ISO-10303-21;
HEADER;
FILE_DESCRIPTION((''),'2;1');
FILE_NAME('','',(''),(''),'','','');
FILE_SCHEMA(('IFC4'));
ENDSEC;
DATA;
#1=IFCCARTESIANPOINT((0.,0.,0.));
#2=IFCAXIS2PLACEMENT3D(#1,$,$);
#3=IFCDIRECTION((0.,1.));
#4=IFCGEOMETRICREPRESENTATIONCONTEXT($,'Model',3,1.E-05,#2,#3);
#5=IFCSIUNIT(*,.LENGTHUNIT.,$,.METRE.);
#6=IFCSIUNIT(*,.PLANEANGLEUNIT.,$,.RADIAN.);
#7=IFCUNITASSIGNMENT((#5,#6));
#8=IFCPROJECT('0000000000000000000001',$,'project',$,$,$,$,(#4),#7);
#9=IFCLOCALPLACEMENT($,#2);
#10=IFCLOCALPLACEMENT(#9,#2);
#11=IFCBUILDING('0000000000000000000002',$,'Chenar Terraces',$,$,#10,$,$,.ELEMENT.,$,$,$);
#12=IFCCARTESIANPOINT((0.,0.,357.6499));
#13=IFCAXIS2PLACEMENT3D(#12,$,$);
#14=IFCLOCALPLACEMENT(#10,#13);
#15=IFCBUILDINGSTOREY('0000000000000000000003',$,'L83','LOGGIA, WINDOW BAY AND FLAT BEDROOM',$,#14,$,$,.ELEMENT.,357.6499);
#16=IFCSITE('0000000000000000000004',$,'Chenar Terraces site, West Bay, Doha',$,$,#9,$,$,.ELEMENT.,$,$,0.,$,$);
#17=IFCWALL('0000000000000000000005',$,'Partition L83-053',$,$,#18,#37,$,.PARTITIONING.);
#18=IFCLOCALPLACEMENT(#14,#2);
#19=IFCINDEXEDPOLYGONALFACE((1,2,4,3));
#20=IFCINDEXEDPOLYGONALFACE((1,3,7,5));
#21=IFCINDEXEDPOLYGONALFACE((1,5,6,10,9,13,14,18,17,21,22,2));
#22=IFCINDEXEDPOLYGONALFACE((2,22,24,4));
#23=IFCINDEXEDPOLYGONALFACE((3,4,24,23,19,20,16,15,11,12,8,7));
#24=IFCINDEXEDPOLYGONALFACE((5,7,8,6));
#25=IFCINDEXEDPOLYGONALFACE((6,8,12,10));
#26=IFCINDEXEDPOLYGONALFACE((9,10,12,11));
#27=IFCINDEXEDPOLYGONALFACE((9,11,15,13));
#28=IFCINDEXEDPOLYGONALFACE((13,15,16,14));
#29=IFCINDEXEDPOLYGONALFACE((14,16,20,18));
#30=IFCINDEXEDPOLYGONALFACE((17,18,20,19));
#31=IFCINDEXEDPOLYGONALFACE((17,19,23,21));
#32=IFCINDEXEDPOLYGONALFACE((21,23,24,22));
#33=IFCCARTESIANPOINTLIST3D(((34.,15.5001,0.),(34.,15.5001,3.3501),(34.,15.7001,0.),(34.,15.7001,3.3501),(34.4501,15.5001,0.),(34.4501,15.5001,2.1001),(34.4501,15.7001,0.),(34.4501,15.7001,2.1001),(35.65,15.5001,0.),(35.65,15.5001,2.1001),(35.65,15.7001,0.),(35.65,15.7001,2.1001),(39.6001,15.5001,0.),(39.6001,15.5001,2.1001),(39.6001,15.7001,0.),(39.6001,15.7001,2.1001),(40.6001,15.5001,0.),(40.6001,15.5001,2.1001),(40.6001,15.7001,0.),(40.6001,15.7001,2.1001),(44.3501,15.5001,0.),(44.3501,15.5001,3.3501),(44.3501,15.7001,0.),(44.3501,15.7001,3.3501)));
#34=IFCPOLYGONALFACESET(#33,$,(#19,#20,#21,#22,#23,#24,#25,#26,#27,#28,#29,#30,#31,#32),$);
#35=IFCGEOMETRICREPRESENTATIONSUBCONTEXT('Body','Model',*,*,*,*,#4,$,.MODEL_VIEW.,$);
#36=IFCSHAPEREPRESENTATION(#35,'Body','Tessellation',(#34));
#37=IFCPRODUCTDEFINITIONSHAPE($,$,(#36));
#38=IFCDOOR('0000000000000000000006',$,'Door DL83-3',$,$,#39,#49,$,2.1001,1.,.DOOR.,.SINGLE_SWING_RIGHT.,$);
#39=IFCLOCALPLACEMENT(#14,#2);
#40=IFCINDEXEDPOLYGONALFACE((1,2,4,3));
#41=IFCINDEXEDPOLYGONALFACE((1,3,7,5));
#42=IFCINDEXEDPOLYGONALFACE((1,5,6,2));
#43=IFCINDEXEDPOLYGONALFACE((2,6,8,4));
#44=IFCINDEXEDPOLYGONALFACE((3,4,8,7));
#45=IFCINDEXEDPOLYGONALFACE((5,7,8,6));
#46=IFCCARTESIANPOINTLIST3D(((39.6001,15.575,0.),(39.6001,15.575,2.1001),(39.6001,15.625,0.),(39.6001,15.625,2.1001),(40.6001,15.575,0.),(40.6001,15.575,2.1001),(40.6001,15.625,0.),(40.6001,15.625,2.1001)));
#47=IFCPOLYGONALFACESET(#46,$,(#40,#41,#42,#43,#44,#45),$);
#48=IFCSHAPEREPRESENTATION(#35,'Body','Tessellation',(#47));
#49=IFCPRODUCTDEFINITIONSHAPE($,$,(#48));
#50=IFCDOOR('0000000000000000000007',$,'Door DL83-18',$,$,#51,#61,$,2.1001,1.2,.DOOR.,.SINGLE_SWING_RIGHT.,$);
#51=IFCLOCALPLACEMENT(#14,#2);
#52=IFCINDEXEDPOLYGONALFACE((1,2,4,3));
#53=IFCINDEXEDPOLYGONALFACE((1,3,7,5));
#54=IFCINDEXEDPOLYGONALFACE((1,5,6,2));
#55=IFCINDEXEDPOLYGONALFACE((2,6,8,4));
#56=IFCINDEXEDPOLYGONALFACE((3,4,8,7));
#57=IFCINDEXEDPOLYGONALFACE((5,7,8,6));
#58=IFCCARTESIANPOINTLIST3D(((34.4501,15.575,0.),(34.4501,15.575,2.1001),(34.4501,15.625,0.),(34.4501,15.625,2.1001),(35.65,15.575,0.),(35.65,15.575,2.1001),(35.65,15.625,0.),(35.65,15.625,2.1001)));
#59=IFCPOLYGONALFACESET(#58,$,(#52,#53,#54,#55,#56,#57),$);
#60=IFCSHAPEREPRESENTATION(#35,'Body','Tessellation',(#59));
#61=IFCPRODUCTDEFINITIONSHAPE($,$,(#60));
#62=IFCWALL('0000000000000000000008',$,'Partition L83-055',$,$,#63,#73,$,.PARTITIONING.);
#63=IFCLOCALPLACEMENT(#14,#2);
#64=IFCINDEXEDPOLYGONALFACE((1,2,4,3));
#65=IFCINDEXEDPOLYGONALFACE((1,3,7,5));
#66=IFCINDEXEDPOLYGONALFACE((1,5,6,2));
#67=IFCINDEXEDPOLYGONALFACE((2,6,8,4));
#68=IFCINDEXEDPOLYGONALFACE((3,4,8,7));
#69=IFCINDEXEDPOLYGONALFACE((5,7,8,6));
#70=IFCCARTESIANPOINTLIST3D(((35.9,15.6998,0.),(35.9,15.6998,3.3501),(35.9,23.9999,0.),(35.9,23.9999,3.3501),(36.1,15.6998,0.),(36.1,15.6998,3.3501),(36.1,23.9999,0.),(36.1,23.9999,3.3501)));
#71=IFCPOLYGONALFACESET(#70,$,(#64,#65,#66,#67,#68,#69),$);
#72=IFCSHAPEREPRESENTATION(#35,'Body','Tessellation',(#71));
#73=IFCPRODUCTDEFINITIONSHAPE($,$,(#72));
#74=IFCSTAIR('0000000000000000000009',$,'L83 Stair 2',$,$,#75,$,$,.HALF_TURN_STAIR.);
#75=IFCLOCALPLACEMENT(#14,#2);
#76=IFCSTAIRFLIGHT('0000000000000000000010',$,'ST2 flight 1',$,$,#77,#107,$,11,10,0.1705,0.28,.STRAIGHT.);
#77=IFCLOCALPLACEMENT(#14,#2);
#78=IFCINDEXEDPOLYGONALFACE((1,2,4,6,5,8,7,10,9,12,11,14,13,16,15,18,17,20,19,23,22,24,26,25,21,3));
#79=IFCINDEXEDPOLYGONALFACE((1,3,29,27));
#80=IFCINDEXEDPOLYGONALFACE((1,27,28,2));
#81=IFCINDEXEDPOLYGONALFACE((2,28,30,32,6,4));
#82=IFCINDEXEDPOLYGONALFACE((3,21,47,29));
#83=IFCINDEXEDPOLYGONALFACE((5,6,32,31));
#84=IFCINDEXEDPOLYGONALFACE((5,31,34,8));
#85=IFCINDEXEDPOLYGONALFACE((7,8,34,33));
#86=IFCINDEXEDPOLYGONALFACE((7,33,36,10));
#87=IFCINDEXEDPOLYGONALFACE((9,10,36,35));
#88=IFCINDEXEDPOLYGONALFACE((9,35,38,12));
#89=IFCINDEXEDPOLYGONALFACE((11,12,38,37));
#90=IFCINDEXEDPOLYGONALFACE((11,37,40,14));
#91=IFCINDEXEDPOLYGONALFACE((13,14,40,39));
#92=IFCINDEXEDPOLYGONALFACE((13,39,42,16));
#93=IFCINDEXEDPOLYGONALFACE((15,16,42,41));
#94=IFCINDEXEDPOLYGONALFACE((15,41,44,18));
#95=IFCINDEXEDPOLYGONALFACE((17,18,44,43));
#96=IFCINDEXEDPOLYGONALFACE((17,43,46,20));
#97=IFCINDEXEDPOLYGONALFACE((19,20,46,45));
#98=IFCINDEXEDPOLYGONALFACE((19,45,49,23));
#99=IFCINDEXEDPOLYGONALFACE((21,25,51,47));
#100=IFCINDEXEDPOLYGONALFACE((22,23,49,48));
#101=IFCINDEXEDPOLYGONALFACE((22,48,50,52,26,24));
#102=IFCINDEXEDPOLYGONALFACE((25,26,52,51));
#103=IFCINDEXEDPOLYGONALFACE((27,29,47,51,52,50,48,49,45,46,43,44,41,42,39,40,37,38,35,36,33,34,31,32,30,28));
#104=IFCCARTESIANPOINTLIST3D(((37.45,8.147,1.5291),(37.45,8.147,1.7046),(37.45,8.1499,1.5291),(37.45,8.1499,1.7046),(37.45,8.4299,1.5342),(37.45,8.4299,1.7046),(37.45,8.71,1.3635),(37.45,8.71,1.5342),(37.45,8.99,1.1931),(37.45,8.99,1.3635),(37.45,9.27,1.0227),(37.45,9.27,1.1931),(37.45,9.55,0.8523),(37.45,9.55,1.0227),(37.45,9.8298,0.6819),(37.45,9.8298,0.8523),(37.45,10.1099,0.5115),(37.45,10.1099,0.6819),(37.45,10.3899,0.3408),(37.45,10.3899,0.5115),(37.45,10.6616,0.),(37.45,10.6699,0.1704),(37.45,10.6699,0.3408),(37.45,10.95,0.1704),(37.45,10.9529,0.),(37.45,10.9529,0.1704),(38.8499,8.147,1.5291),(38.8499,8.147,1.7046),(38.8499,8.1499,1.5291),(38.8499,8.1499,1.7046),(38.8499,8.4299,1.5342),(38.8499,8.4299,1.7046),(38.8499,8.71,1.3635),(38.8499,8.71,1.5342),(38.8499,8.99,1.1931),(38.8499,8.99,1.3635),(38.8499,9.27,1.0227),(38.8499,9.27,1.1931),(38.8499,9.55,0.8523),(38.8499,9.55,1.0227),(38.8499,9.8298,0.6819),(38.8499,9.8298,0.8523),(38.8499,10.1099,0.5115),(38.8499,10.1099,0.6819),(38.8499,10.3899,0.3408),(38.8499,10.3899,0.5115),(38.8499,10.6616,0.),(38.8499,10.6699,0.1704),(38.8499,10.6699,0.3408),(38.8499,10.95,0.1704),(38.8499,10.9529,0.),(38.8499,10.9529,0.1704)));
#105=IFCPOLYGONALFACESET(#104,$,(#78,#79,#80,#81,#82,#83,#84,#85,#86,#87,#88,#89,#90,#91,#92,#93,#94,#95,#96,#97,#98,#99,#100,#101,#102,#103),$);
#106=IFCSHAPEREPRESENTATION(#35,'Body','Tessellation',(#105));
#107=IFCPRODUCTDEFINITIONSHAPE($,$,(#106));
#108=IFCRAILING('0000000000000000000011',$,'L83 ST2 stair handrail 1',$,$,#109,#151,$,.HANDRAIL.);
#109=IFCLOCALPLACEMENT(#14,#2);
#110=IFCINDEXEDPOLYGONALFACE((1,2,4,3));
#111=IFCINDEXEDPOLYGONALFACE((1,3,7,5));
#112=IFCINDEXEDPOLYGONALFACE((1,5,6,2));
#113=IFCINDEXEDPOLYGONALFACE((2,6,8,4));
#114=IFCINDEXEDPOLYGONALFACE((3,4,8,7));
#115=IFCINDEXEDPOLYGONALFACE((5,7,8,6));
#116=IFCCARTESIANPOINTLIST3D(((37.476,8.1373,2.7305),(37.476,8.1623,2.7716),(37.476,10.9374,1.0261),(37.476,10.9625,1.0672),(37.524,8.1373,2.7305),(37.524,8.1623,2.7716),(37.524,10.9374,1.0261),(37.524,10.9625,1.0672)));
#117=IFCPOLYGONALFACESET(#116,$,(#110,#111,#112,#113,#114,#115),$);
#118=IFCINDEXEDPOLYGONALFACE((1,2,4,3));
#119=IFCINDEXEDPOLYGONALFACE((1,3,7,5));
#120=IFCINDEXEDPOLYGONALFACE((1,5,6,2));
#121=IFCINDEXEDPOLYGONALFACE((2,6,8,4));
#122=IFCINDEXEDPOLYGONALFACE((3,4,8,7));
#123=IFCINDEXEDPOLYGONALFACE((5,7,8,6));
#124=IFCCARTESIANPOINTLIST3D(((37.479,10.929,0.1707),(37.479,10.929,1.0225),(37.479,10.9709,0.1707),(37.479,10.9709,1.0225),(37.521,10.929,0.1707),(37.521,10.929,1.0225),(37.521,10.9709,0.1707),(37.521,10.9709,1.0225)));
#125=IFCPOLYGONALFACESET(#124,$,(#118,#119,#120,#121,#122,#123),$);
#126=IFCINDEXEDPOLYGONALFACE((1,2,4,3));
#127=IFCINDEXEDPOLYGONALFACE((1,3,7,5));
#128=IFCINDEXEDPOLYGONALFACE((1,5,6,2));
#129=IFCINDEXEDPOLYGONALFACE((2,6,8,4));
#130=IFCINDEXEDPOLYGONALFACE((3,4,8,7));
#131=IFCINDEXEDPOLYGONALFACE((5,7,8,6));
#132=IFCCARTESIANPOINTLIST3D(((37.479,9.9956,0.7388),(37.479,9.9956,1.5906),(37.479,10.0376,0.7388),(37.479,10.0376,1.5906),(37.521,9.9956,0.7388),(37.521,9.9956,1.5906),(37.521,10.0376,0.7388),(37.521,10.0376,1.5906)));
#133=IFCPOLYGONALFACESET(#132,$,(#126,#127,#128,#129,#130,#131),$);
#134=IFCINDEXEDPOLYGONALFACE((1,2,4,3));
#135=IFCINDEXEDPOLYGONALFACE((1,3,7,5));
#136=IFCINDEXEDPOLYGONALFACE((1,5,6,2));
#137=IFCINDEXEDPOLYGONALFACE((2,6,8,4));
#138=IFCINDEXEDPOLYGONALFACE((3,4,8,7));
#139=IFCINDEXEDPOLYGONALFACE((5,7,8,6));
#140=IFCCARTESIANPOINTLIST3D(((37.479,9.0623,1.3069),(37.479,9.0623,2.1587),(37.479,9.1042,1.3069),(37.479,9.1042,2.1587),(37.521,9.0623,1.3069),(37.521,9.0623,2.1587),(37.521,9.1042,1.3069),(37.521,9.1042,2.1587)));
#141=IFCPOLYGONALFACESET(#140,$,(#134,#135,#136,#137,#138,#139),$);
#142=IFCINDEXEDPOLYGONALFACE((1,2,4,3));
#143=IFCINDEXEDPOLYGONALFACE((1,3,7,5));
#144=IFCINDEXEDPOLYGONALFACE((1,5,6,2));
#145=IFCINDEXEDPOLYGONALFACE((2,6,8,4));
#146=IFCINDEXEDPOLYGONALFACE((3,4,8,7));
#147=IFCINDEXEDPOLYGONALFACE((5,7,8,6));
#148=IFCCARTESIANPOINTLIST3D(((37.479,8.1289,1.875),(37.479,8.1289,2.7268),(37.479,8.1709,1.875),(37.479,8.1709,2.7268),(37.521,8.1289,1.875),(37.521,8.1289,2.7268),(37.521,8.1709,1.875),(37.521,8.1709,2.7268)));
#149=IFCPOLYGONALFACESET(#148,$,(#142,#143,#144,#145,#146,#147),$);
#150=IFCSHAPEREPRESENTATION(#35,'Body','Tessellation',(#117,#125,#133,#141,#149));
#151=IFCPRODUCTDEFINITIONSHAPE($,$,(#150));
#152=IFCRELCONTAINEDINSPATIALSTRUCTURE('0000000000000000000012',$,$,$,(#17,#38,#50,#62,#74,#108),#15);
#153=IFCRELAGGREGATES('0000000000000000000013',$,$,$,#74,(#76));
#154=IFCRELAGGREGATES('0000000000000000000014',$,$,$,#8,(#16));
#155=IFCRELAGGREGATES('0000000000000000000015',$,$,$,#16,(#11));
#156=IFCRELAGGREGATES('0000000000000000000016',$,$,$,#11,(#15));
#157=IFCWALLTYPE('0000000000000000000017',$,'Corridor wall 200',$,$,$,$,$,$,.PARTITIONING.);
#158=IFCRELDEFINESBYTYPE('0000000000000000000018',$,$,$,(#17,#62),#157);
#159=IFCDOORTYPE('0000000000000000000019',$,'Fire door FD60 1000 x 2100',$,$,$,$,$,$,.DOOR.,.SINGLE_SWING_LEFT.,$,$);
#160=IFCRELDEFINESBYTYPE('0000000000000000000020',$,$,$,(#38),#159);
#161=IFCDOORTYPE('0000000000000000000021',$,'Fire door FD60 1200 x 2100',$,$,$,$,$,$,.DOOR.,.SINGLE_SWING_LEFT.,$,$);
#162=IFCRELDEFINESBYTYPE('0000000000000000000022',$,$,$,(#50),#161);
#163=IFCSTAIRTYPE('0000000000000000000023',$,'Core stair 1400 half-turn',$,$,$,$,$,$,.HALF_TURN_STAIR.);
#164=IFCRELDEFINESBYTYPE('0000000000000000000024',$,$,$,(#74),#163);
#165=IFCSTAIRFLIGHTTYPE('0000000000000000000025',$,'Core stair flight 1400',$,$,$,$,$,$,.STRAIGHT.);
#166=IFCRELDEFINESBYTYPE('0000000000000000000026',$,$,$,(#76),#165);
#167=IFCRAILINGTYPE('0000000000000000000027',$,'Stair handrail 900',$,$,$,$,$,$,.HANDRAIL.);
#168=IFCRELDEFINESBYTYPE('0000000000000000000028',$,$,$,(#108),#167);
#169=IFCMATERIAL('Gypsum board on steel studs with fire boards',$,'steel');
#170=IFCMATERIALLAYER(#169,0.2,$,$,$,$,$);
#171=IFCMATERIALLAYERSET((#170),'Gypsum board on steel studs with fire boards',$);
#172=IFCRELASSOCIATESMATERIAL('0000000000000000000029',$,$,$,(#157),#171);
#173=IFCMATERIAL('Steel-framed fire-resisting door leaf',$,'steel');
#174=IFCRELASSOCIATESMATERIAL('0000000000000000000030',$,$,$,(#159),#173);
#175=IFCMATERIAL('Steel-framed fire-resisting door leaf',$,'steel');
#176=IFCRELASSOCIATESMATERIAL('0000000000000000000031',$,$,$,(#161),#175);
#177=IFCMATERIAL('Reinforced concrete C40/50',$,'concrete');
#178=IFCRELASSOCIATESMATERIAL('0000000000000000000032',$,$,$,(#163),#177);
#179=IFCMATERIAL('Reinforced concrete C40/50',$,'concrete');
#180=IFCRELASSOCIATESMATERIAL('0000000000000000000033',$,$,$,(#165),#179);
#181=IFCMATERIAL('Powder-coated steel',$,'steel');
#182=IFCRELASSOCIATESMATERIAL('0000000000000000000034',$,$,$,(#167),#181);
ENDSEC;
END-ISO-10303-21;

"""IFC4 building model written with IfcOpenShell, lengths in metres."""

from ifc_helpers import new_model, si_unit, direction, frame, frame_2d, origin, origin_2d, place, context, subcontext, project, spatial, polyline, rectangle, outline, extrude, material, layer, layer_set, type_object, element, fill, aggregate, save


model = new_model("IFC4")

# Units and contexts
model_context = context("Model", 3, precision=1e-05, world=origin(), true_north=direction((0.0, 1.0)))
body_context = subcontext(model_context, "Body", "Model", "MODEL_VIEW")
ifc_project = project(units=[si_unit("LENGTHUNIT", "METRE"), si_unit("PLANEANGLEUNIT", "RADIAN")], contexts=[model_context])

# Site, building, storey
site_placement = place(None, origin())
site = spatial("IfcSite", under=ifc_project, at=site_placement, Name="Chenar Terraces site, West Bay, Doha", CompositionType="ELEMENT", RefElevation=0.0)
building_placement = place(site_placement, origin())
building = spatial("IfcBuilding", under=site, at=building_placement, Name="Chenar Terraces", CompositionType="ELEMENT")
storey_placement = place(building_placement, frame((0.0, 0.0, 357.6499)))
storey = spatial("IfcBuildingStorey", under=building, at=storey_placement, Name="L83", Description="LOGGIA, WINDOW BAY AND FLAT BEDROOM", CompositionType="ELEMENT", Elevation=357.6499)

# Shared definitions
ifc_material_1 = material(Name="Gypsum board on steel studs with fire boards", Category="steel")
ifc_layer_1 = layer(ifc_material_1, 0.2)
ifc_layer_set_1 = layer_set([ifc_layer_1], Name="Gypsum board on steel studs with fire boards")
wall_type_1 = type_object("IfcWallType", Name="Corridor wall 200", PredefinedType="PARTITIONING", material=ifc_layer_set_1)

# Wall, openings, doors
wall_1_placement = place(storey_placement, frame((34.0, 15.6001, 0.0), z_axis=(0.0, 0.0, 1.0), x_axis=(1.0, 0.0, 0.0)))
wall_1 = element("IfcWall", 1, at=wall_1_placement, inside=storey, type_object=wall_type_1, Name="Partition L83-053", PredefinedType="PARTITIONING", context=body_context, shape_type="SweptSolid", body=[
    extrude(rectangle(XDim=10.3501, YDim=0.2, at=frame_2d((5.175, 0.0))), origin(), (0.0, 0.0, 1.0), 3.3501),
])
opening_1_placement = place(wall_1_placement, frame((5.6001, 0.0, 0.0)))
opening_1 = element("IfcOpeningElement", 2, at=opening_1_placement, cuts=wall_1, PredefinedType="OPENING", context=body_context, shape_type="SweptSolid", body=[
    extrude(rectangle(XDim=1.0, YDim=2.1001, at=frame_2d((0.5, 1.05))), frame((0.0, 0.1099, 0.0), z_axis=(0.0, -1.0, 0.0), x_axis=(1.0, 0.0, 0.0)), (0.0, 0.0, 1.0), 0.22),
])
opening_2_placement = place(wall_1_placement, frame((0.45, 0.0, 0.0)))
opening_2 = element("IfcOpeningElement", 3, at=opening_2_placement, cuts=wall_1, PredefinedType="OPENING", context=body_context, shape_type="SweptSolid", body=[
    extrude(rectangle(XDim=1.2, YDim=2.1001, at=frame_2d((0.6001, 1.05))), frame((0.0, 0.1099, 0.0), z_axis=(0.0, -1.0, 0.0), x_axis=(1.0, 0.0, 0.0)), (0.0, 0.0, 1.0), 0.22),
])
ifc_material_2 = material(Name="Steel-framed fire-resisting door leaf", Category="steel")
door_type_1 = type_object("IfcDoorType", Name="Fire door FD60 1000 x 2100", OperationType="SINGLE_SWING_LEFT", PredefinedType="DOOR", material=ifc_material_2)
door_1_placement = place(opening_1_placement, origin())
door_1 = element("IfcDoor", 4, at=door_1_placement, inside=storey, type_object=door_type_1, Name="Door DL83-3", OperationType="SINGLE_SWING_RIGHT", OverallHeight=2.1001, OverallWidth=1.0, PredefinedType="DOOR", context=body_context, shape_type="SweptSolid", body=[
    extrude(rectangle(XDim=1.0, YDim=2.1001, at=frame_2d((0.5, 1.05))), frame((0.0, 0.0249, 0.0), z_axis=(0.0, -1.0, 0.0), x_axis=(1.0, 0.0, 0.0)), (0.0, 0.0, 1.0), 0.05),
])
fill(opening_1, door_1)
ifc_material_3 = material(Name="Steel-framed fire-resisting door leaf", Category="steel")
door_type_2 = type_object("IfcDoorType", Name="Fire door FD60 1200 x 2100", OperationType="SINGLE_SWING_LEFT", PredefinedType="DOOR", material=ifc_material_3)
door_2_placement = place(opening_2_placement, origin())
door_2 = element("IfcDoor", 5, at=door_2_placement, inside=storey, type_object=door_type_2, Name="Door DL83-18", OperationType="SINGLE_SWING_RIGHT", OverallHeight=2.1001, OverallWidth=1.2, PredefinedType="DOOR", context=body_context, shape_type="SweptSolid", body=[
    extrude(rectangle(XDim=1.2, YDim=2.1001, at=frame_2d((0.6001, 1.05))), frame((0.0, 0.0249, 0.0), z_axis=(0.0, -1.0, 0.0), x_axis=(1.0, 0.0, 0.0)), (0.0, 0.0, 1.0), 0.05),
])
fill(opening_2, door_2)

# Wall
wall_2_placement = place(storey_placement, frame((36.0, 15.7, 0.0), z_axis=(0.0, 0.0, 1.0), x_axis=(0.0, 1.0, 0.0)))
element("IfcWall", 6, at=wall_2_placement, inside=storey, type_object=wall_type_1, Name="Partition L83-055", PredefinedType="PARTITIONING", context=body_context, shape_type="SweptSolid", body=[
    extrude(rectangle(XDim=8.3, YDim=0.2, at=frame_2d((4.1499, 0.0))), origin(), (0.0, 0.0, 1.0), 3.3501),
])

# Stair, stair flight
ifc_material_4 = material(Name="Reinforced concrete C40/50", Category="concrete")
stair_type = type_object("IfcStairType", Name="Core stair 1400 half-turn", PredefinedType="HALF_TURN_STAIR", material=ifc_material_4)
stair_placement = place(storey_placement, origin())
stair = element("IfcStair", 7, at=stair_placement, inside=storey, type_object=stair_type, Name="L83 Stair 2", PredefinedType="HALF_TURN_STAIR")
ifc_material_5 = material(Name="Reinforced concrete C40/50", Category="concrete")
stair_flight_type = type_object("IfcStairFlightType", Name="Core stair flight 1400", PredefinedType="STRAIGHT", material=ifc_material_5)
stair_flight_placement = place(storey_placement, frame((38.1499, 10.95, 0.0), z_axis=(0.0, 0.0, 1.0), x_axis=(0.0, -1.0, 0.0)))
stair_flight = element("IfcStairFlight", 8, at=stair_flight_placement, type_object=stair_flight_type, Name="ST2 flight 1", NumberOfRisers=11, NumberOfTreads=10, PredefinedType="STRAIGHT", RiserHeight=0.1705, TreadLength=0.28, context=body_context, shape_type="SweptSolid", body=[
    extrude(outline(polyline([(-0.0029, 0.0), (-0.0029, 0.1704), (0.0, 0.1704), (0.28, 0.1704), (0.28, 0.3408), (0.5601, 0.3408), (0.5601, 0.5115), (0.8401, 0.5115), (0.8401, 0.6819), (1.1201, 0.6819), (1.1201, 0.8523), (1.3999, 0.8523), (1.3999, 1.0227), (1.6799, 1.0227), (1.6799, 1.1931), (1.96, 1.1931), (1.96, 1.3635), (2.24, 1.3635), (2.24, 1.5342), (2.52, 1.5342), (2.52, 1.7046), (2.8, 1.7046), (2.803, 1.7046), (2.803, 1.5291), (2.8, 1.5291), (0.2883, 0.0), (-0.0029, 0.0)])), frame((0.0, 0.7, 0.0), z_axis=(0.0, -1.0, 0.0), x_axis=(1.0, 0.0, 0.0)), (0.0, 0.0, 1.0), 1.3999),
])
aggregate(stair, [stair_flight])

# Railing
ifc_material_6 = material(Name="Powder-coated steel", Category="steel")
railing_type = type_object("IfcRailingType", Name="Stair handrail 900", PredefinedType="HANDRAIL", material=ifc_material_6)
railing_placement = place(storey_placement, frame((37.5, 10.95, 0.1707)))
element("IfcRailing", 9, at=railing_placement, inside=storey, type_object=railing_type, Name="L83 ST2 stair handrail 1", PredefinedType="HANDRAIL", context=body_context, shape_type="SweptSolid", body=[
    extrude(rectangle(XDim=0.0481, YDim=0.0481, at=origin_2d()), frame((0.0, 0.0, 0.876), z_axis=(0.0, -0.854203, 0.51994), x_axis=(1.0, 0.0, 0.0)), (0.0, 0.0, 1.0), 3.2781),
    extrude(rectangle(XDim=0.042, YDim=0.042, at=origin_2d()), origin(), (0.0, 0.0, 1.0), 0.8518),
    extrude(rectangle(XDim=0.042, YDim=0.042, at=origin_2d()), frame((0.0, -0.9333, 0.5681)), (0.0, 0.0, 1.0), 0.8518),
    extrude(rectangle(XDim=0.042, YDim=0.042, at=origin_2d()), frame((0.0, -1.8667, 1.1362)), (0.0, 0.0, 1.0), 0.8518),
    extrude(rectangle(XDim=0.042, YDim=0.042, at=origin_2d()), frame((0.0, -2.8, 1.7043)), (0.0, 0.0, 1.0), 0.8518),
])

save(model, "model.ifc")
